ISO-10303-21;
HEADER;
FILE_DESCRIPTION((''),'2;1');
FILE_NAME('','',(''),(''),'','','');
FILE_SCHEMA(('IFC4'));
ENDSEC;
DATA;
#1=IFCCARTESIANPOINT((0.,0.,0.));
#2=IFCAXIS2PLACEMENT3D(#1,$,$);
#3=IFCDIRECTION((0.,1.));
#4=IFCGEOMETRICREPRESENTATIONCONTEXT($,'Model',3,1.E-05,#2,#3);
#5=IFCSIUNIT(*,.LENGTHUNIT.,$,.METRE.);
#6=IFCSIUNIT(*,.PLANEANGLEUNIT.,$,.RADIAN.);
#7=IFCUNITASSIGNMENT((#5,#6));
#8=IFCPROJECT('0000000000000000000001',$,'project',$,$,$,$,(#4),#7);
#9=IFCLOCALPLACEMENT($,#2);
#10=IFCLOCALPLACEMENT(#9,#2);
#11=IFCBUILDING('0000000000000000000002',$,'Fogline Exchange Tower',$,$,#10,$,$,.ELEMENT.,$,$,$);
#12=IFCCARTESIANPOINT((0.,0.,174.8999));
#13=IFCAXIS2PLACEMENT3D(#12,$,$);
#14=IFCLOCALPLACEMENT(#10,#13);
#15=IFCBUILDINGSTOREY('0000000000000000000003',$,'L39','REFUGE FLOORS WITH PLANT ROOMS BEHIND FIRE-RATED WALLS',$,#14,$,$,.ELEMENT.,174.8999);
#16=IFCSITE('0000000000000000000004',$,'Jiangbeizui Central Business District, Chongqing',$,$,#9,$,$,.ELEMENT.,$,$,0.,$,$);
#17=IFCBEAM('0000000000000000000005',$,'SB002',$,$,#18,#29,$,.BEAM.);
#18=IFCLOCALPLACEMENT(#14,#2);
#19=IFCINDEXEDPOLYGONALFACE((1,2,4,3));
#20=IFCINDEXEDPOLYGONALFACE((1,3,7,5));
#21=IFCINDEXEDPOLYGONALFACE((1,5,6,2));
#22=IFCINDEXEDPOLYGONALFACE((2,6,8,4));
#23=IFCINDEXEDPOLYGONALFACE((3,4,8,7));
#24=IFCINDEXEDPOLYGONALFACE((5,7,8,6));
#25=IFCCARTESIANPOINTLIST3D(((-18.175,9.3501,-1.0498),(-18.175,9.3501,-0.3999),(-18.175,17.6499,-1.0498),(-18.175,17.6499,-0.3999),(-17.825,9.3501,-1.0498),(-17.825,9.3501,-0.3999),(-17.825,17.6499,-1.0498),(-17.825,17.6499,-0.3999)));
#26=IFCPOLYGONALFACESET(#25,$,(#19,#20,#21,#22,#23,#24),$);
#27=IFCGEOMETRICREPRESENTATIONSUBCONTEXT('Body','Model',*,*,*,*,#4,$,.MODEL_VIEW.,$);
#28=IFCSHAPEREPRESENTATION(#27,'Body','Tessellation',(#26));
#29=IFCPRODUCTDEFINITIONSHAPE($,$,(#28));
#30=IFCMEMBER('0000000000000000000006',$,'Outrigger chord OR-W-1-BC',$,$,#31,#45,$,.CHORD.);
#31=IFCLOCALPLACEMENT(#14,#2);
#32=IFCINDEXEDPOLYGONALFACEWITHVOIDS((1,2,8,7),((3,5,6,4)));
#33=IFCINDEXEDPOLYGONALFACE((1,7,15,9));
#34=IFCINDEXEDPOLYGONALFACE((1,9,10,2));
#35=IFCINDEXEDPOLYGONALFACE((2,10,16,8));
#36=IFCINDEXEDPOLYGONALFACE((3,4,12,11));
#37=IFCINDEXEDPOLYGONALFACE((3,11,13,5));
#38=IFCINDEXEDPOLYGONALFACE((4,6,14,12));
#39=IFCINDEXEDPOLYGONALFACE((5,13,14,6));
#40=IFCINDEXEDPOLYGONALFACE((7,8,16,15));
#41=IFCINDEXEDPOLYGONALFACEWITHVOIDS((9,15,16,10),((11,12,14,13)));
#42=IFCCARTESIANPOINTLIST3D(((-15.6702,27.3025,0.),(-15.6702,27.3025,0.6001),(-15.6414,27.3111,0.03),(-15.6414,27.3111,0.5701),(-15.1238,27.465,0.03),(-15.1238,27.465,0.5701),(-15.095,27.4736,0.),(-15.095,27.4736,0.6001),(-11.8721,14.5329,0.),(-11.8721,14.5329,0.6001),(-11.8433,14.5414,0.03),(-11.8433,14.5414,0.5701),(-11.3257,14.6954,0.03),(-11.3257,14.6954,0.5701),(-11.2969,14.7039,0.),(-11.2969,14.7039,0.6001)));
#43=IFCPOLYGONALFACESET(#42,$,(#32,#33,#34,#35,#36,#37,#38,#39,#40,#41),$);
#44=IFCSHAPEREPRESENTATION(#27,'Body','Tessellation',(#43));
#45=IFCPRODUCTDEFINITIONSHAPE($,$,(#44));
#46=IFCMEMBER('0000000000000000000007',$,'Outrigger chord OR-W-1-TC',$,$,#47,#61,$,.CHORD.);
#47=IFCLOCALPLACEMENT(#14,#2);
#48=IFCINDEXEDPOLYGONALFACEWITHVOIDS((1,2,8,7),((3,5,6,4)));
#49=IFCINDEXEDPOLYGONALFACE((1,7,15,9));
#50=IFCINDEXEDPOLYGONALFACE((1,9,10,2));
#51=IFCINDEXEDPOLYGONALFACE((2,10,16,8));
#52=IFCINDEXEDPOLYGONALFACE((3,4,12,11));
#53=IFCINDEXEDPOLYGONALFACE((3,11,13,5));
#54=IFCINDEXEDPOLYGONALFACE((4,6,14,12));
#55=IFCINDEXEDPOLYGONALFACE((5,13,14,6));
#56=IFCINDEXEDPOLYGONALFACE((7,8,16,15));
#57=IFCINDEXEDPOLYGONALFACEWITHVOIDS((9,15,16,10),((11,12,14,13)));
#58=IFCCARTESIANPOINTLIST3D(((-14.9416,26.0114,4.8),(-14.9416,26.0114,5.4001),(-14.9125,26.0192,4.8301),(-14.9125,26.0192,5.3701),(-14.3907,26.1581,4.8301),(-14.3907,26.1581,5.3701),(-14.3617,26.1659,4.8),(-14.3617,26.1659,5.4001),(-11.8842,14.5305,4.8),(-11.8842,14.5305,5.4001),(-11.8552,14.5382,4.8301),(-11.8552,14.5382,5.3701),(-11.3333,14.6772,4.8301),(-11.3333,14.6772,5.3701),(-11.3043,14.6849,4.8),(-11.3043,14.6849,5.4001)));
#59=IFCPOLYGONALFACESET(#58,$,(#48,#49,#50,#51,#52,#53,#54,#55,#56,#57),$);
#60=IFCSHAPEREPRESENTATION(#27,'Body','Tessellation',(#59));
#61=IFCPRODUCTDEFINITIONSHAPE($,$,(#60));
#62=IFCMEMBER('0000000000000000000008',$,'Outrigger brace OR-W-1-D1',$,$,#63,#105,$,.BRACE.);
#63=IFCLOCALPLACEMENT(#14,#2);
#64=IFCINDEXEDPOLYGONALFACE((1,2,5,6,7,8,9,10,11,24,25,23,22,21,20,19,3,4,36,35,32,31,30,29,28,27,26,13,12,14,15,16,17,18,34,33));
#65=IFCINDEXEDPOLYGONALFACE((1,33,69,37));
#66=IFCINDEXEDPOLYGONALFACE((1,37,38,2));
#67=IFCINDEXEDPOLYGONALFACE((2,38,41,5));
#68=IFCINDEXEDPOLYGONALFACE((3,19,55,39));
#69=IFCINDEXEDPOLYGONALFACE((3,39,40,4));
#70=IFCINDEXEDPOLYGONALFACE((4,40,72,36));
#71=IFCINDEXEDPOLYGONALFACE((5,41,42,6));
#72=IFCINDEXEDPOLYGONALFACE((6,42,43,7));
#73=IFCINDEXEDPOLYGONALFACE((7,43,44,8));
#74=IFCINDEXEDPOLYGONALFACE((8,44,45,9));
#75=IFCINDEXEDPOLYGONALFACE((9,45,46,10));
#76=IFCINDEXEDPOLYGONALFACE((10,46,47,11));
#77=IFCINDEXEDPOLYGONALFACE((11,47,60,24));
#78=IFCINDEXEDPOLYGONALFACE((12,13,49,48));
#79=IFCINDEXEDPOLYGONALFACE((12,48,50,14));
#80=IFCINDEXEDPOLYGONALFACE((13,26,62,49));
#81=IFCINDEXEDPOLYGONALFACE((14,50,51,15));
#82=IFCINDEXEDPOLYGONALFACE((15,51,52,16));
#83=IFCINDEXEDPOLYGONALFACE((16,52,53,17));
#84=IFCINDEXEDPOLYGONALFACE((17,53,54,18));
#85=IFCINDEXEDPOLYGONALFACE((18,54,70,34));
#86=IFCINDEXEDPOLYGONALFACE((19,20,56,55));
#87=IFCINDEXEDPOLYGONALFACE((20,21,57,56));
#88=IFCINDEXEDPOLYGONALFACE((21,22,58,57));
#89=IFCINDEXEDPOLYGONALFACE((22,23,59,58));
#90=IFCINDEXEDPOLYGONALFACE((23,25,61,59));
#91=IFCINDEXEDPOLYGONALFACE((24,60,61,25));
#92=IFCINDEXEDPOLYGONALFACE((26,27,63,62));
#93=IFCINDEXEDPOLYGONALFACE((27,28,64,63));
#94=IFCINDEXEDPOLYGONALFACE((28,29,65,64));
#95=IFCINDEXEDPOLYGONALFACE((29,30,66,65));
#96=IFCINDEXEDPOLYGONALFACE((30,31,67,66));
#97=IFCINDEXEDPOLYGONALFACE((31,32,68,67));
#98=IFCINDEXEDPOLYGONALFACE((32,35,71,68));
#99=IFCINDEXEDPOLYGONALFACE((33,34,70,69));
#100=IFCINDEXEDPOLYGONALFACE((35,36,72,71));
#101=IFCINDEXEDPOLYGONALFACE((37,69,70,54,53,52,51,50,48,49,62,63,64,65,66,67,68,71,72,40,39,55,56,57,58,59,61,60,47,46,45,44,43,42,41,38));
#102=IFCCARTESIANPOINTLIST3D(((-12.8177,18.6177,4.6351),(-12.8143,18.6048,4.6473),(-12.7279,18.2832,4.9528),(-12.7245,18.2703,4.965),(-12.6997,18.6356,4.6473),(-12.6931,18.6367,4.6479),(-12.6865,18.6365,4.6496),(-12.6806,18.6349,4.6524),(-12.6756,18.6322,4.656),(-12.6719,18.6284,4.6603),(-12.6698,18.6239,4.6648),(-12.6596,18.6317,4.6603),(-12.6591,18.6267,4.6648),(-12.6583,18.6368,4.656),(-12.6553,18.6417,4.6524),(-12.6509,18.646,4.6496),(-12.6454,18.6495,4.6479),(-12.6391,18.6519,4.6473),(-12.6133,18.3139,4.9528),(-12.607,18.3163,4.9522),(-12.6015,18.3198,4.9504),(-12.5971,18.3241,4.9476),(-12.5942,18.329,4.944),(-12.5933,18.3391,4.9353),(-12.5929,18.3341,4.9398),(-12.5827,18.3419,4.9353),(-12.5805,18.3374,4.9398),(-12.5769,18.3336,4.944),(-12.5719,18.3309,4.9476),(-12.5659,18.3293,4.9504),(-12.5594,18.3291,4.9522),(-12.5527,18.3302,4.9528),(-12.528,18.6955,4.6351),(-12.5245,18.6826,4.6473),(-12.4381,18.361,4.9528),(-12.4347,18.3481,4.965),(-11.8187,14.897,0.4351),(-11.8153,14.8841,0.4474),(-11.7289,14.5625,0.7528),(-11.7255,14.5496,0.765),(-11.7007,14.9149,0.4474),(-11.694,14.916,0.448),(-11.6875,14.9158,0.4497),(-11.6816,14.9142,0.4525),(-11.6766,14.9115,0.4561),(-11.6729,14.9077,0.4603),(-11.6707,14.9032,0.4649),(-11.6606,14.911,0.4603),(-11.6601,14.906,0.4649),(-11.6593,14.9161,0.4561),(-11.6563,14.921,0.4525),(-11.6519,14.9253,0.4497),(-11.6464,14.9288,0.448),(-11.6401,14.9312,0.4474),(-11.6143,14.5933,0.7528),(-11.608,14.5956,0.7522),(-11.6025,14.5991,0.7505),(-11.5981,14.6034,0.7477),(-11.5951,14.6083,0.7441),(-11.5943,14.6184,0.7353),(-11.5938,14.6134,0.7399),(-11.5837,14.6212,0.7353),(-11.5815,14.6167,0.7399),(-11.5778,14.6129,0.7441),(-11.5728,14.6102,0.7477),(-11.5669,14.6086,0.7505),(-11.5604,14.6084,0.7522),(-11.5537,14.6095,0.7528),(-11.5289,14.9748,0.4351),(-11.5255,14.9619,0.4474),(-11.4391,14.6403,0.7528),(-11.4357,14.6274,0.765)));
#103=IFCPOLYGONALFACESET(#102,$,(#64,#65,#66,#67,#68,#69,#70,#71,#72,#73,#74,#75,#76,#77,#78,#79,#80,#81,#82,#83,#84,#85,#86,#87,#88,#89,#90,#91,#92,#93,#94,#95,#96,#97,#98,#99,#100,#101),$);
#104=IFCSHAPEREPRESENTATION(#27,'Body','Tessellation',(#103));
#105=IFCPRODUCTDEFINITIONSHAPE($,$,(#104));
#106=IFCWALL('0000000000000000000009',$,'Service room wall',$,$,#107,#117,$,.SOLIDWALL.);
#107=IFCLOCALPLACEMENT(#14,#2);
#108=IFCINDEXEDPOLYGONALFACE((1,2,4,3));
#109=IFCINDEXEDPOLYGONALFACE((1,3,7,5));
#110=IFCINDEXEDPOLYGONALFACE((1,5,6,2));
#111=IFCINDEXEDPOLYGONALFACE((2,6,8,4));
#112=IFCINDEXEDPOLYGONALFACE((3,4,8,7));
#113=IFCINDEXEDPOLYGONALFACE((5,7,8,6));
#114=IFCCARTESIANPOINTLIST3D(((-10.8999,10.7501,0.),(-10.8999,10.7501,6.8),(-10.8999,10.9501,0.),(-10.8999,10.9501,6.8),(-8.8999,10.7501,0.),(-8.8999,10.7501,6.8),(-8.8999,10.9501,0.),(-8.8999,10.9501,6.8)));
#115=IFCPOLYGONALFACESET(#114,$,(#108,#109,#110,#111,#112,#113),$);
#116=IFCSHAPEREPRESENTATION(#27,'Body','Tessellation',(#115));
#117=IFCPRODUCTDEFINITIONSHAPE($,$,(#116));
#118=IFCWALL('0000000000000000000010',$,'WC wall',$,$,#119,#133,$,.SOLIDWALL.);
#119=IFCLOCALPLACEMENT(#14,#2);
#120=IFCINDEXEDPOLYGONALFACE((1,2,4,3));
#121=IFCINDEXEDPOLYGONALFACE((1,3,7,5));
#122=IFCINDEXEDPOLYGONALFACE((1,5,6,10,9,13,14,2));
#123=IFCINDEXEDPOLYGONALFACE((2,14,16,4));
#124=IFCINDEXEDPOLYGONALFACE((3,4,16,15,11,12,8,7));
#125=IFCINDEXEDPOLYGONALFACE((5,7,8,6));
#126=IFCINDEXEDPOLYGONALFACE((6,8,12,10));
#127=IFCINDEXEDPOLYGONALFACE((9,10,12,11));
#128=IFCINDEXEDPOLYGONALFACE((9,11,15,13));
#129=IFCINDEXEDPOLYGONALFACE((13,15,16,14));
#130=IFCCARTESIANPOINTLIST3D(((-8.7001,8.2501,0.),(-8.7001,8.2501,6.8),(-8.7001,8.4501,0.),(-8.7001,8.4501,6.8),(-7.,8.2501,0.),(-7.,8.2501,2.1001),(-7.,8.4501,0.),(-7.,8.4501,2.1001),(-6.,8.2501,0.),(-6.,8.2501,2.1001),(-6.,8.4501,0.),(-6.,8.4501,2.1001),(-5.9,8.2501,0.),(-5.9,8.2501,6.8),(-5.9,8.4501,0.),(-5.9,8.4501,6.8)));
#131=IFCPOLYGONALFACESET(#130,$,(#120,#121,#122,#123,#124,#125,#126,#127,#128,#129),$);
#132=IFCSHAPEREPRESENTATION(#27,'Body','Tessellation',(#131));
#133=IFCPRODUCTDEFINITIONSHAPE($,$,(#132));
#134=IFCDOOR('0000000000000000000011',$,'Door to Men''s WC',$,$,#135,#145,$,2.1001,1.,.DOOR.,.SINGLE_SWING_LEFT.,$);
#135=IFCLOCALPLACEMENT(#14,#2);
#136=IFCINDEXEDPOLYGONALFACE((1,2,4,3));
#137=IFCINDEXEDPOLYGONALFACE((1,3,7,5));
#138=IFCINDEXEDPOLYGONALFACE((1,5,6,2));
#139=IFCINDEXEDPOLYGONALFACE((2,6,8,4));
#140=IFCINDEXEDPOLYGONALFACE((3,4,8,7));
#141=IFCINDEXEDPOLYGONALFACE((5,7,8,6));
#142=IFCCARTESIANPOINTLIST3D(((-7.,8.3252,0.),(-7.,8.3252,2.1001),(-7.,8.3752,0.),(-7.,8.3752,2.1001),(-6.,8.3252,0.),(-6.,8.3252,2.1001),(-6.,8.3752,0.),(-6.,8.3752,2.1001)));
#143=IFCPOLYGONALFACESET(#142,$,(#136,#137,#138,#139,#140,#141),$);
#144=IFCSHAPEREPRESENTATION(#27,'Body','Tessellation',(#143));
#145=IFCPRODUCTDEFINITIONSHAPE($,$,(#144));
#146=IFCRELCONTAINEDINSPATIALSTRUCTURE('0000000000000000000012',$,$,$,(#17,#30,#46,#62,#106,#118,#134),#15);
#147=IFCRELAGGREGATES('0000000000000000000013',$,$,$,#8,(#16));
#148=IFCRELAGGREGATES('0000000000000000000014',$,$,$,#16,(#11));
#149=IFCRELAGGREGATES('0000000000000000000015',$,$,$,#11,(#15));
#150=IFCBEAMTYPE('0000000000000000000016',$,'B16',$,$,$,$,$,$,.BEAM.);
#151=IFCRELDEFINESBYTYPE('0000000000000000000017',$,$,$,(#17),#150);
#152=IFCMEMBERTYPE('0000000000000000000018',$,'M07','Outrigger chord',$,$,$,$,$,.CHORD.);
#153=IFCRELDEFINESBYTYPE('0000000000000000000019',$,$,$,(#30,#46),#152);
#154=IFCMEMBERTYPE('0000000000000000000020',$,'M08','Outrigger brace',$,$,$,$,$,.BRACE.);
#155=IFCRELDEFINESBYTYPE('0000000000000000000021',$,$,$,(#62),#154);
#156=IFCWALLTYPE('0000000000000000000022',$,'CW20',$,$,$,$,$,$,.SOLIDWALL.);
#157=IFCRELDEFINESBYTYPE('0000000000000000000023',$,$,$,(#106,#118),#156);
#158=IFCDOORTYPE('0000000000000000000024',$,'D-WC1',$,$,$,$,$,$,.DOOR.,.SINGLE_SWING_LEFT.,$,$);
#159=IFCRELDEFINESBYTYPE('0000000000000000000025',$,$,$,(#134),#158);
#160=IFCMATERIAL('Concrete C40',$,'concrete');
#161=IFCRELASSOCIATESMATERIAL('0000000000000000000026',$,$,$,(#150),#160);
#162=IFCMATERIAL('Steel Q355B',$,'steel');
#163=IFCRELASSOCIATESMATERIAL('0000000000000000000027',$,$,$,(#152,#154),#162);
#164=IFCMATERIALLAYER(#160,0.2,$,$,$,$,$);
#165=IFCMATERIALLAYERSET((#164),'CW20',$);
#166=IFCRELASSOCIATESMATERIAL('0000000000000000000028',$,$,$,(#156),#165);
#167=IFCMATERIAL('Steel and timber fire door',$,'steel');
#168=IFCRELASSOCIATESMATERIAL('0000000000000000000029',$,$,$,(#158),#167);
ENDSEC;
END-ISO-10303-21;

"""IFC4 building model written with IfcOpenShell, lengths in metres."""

from ifc_helpers import new_model, si_unit, direction, frame, frame_2d, origin, origin_2d, place, context, subcontext, project, spatial, rectangle, hollow_rectangle, i_section, extrude, material, layer, layer_set, material_profile, profile_set, type_object, element, fill, save


model = new_model("IFC4")

# Units and contexts
model_context = context("Model", 3, precision=1e-05, world=origin(), true_north=direction((0.0, 1.0)))
body_context = subcontext(model_context, "Body", "Model", "MODEL_VIEW")
ifc_project = project(units=[si_unit("LENGTHUNIT", "METRE"), si_unit("PLANEANGLEUNIT", "RADIAN")], contexts=[model_context])

# Site, building, storey
site_placement = place(None, origin())
site = spatial("IfcSite", under=ifc_project, at=site_placement, Name="Jiangbeizui Central Business District, Chongqing", CompositionType="ELEMENT", RefElevation=0.0)
building_placement = place(site_placement, origin())
building = spatial("IfcBuilding", under=site, at=building_placement, Name="Fogline Exchange Tower", CompositionType="ELEMENT")
storey_placement = place(building_placement, frame((0.0, 0.0, 174.8999)))
storey = spatial("IfcBuildingStorey", under=building, at=storey_placement, Name="L39", Description="REFUGE FLOORS WITH PLANT ROOMS BEHIND FIRE-RATED WALLS", CompositionType="ELEMENT", Elevation=174.8999)

# Beam
ifc_material_1 = material(Name="Concrete C40", Category="concrete")
ifc_material_profile_1 = material_profile(ifc_material_1, rectangle(XDim=0.3501, YDim=0.6499, at=origin_2d()), Name="RC 350x650")
ifc_profile_set_1 = profile_set([ifc_material_profile_1], Name="Concrete C40")
beam_type = type_object("IfcBeamType", Name="B16", PredefinedType="BEAM", material=ifc_profile_set_1)
beam_placement = place(storey_placement, frame((-18.0, 9.3501, -0.7249), z_axis=(0.0, 1.0, 0.0), x_axis=(-1.0, 0.0, 0.0)))
element("IfcBeam", 1, at=beam_placement, inside=storey, type_object=beam_type, Name="SB002", PredefinedType="BEAM", context=body_context, shape_type="SweptSolid", body=[
    extrude(rectangle(XDim=0.3501, YDim=0.6499, at=origin_2d()), origin(), (0.0, 0.0, 1.0), 8.2998),
])

# Members
ifc_material_2 = material(Name="Steel Q355B", Category="steel")
ifc_material_profile_2 = material_profile(ifc_material_2, hollow_rectangle(XDim=0.6001, YDim=0.6001, WallThickness=0.03, at=origin_2d()), Name="BOX600X600X30")
ifc_profile_set_2 = profile_set([ifc_material_profile_2], Name="Steel Q355B")
member_type_1 = type_object("IfcMemberType", Name="M07", Description="Outrigger chord", PredefinedType="CHORD", material=ifc_profile_set_2)
member_1_placement = place(storey_placement, frame((-11.5845, 14.6184, 0.3), z_axis=(-0.285091, 0.9585, 0.0), x_axis=(-0.9585, -0.285091, 0.0)))
element("IfcMember", 2, at=member_1_placement, inside=storey, type_object=member_type_1, Name="Outrigger chord OR-W-1-BC", PredefinedType="CHORD", context=body_context, shape_type="SweptSolid", body=[
    extrude(hollow_rectangle(XDim=0.6001, YDim=0.6001, WallThickness=0.03, at=origin_2d()), origin(), (0.0, 0.0, 1.0), 13.3225),
])
member_2_placement = place(storey_placement, frame((-11.5942, 14.6077, 5.1001), z_axis=(-0.257331, 0.966323, 0.0), x_axis=(-0.966323, -0.257331, 0.0)))
element("IfcMember", 3, at=member_2_placement, inside=storey, type_object=member_type_1, Name="Outrigger chord OR-W-1-TC", PredefinedType="CHORD", context=body_context, shape_type="SweptSolid", body=[
    extrude(hollow_rectangle(XDim=0.6001, YDim=0.6001, WallThickness=0.03, at=origin_2d()), origin(), (0.0, 0.0, 1.0), 11.8811),
])
ifc_material_profile_3 = material_profile(ifc_material_2, i_section(OverallWidth=0.3, OverallDepth=0.488, WebThickness=0.011, FlangeThickness=0.0181, FilletRadius=0.0259, at=origin_2d()), Name="HM488X300X11X18")
ifc_profile_set_3 = profile_set([ifc_material_profile_3], Name="Steel Q355B")
member_type_2 = type_object("IfcMemberType", Name="M08", Description="Outrigger brace", PredefinedType="BRACE", material=ifc_profile_set_3)
member_3_placement = place(storey_placement, frame((-11.6272, 14.7622, 0.6001), z_axis=(-0.175291, 0.652843, 0.736933), x_axis=(-0.965792, -0.259319, 0.0)))
element("IfcMember", 4, at=member_3_placement, inside=storey, type_object=member_type_2, Name="Outrigger brace OR-W-1-D1", PredefinedType="BRACE", context=body_context, shape_type="SweptSolid", body=[
    extrude(i_section(OverallWidth=0.3, OverallDepth=0.488, WebThickness=0.011, FlangeThickness=0.0181, FilletRadius=0.0259, at=origin_2d()), origin(), (0.0, 0.0, 1.0), 5.6992),
])

# Wall
ifc_layer_1 = layer(ifc_material_1, 0.2)
ifc_layer_set_1 = layer_set([ifc_layer_1], Name="CW20")
wall_type_1 = type_object("IfcWallType", Name="CW20", PredefinedType="SOLIDWALL", material=ifc_layer_set_1)
wall_1_placement = place(storey_placement, frame((-10.8999, 10.8501, 0.0), z_axis=(0.0, 0.0, 1.0), x_axis=(1.0, 0.0, 0.0)))
element("IfcWall", 5, at=wall_1_placement, inside=storey, type_object=wall_type_1, Name="Service room wall", PredefinedType="SOLIDWALL", context=body_context, shape_type="SweptSolid", body=[
    extrude(rectangle(XDim=2.0, YDim=0.2, at=frame_2d((1.0, 0.0))), origin(), (0.0, 0.0, 1.0), 6.8),
])

# Wall, opening, door
wall_2_placement = place(storey_placement, frame((-8.7, 8.3501, 0.0), z_axis=(0.0, 0.0, 1.0), x_axis=(1.0, 0.0, 0.0)))
wall_2 = element("IfcWall", 6, at=wall_2_placement, inside=storey, type_object=wall_type_1, Name="WC wall", PredefinedType="SOLIDWALL", context=body_context, shape_type="SweptSolid", body=[
    extrude(rectangle(XDim=2.8, YDim=0.2, at=frame_2d((1.3999, 0.0))), origin(), (0.0, 0.0, 1.0), 6.8),
])
opening_1_placement = place(wall_2_placement, frame((1.7, 0.0, 0.0)))
opening_1 = element("IfcOpeningElement", 7, at=opening_1_placement, cuts=wall_2, PredefinedType="OPENING", context=body_context, shape_type="SweptSolid", body=[
    extrude(rectangle(XDim=1.0, YDim=2.1001, at=frame_2d((0.5, 1.05))), frame((0.0, 0.1099, 0.0), z_axis=(0.0, -1.0, 0.0), x_axis=(1.0, 0.0, 0.0)), (0.0, 0.0, 1.0), 0.22),
])
ifc_material_3 = material(Name="Steel and timber fire door", Category="steel")
door_type_1 = type_object("IfcDoorType", Name="D-WC1", OperationType="SINGLE_SWING_LEFT", PredefinedType="DOOR", material=ifc_material_3)
door_1_placement = place(opening_1_placement, frame((1.0, 0.0, 0.0), z_axis=(0.0, 0.0, 1.0), x_axis=(-1.0, 0.0, 0.0)))
door_1 = element("IfcDoor", 8, at=door_1_placement, inside=storey, type_object=door_type_1, Name="Door to Men's WC", OperationType="SINGLE_SWING_LEFT", OverallHeight=2.1001, OverallWidth=1.0, PredefinedType="DOOR", context=body_context, shape_type="SweptSolid", body=[
    extrude(rectangle(XDim=1.0, YDim=2.1001, at=frame_2d((0.5, 1.05))), frame((0.0, 0.0249, 0.0), z_axis=(0.0, -1.0, 0.0), x_axis=(1.0, 0.0, 0.0)), (0.0, 0.0, 1.0), 0.05),
])
fill(opening_1, door_1)

save(model, "model.ifc")
